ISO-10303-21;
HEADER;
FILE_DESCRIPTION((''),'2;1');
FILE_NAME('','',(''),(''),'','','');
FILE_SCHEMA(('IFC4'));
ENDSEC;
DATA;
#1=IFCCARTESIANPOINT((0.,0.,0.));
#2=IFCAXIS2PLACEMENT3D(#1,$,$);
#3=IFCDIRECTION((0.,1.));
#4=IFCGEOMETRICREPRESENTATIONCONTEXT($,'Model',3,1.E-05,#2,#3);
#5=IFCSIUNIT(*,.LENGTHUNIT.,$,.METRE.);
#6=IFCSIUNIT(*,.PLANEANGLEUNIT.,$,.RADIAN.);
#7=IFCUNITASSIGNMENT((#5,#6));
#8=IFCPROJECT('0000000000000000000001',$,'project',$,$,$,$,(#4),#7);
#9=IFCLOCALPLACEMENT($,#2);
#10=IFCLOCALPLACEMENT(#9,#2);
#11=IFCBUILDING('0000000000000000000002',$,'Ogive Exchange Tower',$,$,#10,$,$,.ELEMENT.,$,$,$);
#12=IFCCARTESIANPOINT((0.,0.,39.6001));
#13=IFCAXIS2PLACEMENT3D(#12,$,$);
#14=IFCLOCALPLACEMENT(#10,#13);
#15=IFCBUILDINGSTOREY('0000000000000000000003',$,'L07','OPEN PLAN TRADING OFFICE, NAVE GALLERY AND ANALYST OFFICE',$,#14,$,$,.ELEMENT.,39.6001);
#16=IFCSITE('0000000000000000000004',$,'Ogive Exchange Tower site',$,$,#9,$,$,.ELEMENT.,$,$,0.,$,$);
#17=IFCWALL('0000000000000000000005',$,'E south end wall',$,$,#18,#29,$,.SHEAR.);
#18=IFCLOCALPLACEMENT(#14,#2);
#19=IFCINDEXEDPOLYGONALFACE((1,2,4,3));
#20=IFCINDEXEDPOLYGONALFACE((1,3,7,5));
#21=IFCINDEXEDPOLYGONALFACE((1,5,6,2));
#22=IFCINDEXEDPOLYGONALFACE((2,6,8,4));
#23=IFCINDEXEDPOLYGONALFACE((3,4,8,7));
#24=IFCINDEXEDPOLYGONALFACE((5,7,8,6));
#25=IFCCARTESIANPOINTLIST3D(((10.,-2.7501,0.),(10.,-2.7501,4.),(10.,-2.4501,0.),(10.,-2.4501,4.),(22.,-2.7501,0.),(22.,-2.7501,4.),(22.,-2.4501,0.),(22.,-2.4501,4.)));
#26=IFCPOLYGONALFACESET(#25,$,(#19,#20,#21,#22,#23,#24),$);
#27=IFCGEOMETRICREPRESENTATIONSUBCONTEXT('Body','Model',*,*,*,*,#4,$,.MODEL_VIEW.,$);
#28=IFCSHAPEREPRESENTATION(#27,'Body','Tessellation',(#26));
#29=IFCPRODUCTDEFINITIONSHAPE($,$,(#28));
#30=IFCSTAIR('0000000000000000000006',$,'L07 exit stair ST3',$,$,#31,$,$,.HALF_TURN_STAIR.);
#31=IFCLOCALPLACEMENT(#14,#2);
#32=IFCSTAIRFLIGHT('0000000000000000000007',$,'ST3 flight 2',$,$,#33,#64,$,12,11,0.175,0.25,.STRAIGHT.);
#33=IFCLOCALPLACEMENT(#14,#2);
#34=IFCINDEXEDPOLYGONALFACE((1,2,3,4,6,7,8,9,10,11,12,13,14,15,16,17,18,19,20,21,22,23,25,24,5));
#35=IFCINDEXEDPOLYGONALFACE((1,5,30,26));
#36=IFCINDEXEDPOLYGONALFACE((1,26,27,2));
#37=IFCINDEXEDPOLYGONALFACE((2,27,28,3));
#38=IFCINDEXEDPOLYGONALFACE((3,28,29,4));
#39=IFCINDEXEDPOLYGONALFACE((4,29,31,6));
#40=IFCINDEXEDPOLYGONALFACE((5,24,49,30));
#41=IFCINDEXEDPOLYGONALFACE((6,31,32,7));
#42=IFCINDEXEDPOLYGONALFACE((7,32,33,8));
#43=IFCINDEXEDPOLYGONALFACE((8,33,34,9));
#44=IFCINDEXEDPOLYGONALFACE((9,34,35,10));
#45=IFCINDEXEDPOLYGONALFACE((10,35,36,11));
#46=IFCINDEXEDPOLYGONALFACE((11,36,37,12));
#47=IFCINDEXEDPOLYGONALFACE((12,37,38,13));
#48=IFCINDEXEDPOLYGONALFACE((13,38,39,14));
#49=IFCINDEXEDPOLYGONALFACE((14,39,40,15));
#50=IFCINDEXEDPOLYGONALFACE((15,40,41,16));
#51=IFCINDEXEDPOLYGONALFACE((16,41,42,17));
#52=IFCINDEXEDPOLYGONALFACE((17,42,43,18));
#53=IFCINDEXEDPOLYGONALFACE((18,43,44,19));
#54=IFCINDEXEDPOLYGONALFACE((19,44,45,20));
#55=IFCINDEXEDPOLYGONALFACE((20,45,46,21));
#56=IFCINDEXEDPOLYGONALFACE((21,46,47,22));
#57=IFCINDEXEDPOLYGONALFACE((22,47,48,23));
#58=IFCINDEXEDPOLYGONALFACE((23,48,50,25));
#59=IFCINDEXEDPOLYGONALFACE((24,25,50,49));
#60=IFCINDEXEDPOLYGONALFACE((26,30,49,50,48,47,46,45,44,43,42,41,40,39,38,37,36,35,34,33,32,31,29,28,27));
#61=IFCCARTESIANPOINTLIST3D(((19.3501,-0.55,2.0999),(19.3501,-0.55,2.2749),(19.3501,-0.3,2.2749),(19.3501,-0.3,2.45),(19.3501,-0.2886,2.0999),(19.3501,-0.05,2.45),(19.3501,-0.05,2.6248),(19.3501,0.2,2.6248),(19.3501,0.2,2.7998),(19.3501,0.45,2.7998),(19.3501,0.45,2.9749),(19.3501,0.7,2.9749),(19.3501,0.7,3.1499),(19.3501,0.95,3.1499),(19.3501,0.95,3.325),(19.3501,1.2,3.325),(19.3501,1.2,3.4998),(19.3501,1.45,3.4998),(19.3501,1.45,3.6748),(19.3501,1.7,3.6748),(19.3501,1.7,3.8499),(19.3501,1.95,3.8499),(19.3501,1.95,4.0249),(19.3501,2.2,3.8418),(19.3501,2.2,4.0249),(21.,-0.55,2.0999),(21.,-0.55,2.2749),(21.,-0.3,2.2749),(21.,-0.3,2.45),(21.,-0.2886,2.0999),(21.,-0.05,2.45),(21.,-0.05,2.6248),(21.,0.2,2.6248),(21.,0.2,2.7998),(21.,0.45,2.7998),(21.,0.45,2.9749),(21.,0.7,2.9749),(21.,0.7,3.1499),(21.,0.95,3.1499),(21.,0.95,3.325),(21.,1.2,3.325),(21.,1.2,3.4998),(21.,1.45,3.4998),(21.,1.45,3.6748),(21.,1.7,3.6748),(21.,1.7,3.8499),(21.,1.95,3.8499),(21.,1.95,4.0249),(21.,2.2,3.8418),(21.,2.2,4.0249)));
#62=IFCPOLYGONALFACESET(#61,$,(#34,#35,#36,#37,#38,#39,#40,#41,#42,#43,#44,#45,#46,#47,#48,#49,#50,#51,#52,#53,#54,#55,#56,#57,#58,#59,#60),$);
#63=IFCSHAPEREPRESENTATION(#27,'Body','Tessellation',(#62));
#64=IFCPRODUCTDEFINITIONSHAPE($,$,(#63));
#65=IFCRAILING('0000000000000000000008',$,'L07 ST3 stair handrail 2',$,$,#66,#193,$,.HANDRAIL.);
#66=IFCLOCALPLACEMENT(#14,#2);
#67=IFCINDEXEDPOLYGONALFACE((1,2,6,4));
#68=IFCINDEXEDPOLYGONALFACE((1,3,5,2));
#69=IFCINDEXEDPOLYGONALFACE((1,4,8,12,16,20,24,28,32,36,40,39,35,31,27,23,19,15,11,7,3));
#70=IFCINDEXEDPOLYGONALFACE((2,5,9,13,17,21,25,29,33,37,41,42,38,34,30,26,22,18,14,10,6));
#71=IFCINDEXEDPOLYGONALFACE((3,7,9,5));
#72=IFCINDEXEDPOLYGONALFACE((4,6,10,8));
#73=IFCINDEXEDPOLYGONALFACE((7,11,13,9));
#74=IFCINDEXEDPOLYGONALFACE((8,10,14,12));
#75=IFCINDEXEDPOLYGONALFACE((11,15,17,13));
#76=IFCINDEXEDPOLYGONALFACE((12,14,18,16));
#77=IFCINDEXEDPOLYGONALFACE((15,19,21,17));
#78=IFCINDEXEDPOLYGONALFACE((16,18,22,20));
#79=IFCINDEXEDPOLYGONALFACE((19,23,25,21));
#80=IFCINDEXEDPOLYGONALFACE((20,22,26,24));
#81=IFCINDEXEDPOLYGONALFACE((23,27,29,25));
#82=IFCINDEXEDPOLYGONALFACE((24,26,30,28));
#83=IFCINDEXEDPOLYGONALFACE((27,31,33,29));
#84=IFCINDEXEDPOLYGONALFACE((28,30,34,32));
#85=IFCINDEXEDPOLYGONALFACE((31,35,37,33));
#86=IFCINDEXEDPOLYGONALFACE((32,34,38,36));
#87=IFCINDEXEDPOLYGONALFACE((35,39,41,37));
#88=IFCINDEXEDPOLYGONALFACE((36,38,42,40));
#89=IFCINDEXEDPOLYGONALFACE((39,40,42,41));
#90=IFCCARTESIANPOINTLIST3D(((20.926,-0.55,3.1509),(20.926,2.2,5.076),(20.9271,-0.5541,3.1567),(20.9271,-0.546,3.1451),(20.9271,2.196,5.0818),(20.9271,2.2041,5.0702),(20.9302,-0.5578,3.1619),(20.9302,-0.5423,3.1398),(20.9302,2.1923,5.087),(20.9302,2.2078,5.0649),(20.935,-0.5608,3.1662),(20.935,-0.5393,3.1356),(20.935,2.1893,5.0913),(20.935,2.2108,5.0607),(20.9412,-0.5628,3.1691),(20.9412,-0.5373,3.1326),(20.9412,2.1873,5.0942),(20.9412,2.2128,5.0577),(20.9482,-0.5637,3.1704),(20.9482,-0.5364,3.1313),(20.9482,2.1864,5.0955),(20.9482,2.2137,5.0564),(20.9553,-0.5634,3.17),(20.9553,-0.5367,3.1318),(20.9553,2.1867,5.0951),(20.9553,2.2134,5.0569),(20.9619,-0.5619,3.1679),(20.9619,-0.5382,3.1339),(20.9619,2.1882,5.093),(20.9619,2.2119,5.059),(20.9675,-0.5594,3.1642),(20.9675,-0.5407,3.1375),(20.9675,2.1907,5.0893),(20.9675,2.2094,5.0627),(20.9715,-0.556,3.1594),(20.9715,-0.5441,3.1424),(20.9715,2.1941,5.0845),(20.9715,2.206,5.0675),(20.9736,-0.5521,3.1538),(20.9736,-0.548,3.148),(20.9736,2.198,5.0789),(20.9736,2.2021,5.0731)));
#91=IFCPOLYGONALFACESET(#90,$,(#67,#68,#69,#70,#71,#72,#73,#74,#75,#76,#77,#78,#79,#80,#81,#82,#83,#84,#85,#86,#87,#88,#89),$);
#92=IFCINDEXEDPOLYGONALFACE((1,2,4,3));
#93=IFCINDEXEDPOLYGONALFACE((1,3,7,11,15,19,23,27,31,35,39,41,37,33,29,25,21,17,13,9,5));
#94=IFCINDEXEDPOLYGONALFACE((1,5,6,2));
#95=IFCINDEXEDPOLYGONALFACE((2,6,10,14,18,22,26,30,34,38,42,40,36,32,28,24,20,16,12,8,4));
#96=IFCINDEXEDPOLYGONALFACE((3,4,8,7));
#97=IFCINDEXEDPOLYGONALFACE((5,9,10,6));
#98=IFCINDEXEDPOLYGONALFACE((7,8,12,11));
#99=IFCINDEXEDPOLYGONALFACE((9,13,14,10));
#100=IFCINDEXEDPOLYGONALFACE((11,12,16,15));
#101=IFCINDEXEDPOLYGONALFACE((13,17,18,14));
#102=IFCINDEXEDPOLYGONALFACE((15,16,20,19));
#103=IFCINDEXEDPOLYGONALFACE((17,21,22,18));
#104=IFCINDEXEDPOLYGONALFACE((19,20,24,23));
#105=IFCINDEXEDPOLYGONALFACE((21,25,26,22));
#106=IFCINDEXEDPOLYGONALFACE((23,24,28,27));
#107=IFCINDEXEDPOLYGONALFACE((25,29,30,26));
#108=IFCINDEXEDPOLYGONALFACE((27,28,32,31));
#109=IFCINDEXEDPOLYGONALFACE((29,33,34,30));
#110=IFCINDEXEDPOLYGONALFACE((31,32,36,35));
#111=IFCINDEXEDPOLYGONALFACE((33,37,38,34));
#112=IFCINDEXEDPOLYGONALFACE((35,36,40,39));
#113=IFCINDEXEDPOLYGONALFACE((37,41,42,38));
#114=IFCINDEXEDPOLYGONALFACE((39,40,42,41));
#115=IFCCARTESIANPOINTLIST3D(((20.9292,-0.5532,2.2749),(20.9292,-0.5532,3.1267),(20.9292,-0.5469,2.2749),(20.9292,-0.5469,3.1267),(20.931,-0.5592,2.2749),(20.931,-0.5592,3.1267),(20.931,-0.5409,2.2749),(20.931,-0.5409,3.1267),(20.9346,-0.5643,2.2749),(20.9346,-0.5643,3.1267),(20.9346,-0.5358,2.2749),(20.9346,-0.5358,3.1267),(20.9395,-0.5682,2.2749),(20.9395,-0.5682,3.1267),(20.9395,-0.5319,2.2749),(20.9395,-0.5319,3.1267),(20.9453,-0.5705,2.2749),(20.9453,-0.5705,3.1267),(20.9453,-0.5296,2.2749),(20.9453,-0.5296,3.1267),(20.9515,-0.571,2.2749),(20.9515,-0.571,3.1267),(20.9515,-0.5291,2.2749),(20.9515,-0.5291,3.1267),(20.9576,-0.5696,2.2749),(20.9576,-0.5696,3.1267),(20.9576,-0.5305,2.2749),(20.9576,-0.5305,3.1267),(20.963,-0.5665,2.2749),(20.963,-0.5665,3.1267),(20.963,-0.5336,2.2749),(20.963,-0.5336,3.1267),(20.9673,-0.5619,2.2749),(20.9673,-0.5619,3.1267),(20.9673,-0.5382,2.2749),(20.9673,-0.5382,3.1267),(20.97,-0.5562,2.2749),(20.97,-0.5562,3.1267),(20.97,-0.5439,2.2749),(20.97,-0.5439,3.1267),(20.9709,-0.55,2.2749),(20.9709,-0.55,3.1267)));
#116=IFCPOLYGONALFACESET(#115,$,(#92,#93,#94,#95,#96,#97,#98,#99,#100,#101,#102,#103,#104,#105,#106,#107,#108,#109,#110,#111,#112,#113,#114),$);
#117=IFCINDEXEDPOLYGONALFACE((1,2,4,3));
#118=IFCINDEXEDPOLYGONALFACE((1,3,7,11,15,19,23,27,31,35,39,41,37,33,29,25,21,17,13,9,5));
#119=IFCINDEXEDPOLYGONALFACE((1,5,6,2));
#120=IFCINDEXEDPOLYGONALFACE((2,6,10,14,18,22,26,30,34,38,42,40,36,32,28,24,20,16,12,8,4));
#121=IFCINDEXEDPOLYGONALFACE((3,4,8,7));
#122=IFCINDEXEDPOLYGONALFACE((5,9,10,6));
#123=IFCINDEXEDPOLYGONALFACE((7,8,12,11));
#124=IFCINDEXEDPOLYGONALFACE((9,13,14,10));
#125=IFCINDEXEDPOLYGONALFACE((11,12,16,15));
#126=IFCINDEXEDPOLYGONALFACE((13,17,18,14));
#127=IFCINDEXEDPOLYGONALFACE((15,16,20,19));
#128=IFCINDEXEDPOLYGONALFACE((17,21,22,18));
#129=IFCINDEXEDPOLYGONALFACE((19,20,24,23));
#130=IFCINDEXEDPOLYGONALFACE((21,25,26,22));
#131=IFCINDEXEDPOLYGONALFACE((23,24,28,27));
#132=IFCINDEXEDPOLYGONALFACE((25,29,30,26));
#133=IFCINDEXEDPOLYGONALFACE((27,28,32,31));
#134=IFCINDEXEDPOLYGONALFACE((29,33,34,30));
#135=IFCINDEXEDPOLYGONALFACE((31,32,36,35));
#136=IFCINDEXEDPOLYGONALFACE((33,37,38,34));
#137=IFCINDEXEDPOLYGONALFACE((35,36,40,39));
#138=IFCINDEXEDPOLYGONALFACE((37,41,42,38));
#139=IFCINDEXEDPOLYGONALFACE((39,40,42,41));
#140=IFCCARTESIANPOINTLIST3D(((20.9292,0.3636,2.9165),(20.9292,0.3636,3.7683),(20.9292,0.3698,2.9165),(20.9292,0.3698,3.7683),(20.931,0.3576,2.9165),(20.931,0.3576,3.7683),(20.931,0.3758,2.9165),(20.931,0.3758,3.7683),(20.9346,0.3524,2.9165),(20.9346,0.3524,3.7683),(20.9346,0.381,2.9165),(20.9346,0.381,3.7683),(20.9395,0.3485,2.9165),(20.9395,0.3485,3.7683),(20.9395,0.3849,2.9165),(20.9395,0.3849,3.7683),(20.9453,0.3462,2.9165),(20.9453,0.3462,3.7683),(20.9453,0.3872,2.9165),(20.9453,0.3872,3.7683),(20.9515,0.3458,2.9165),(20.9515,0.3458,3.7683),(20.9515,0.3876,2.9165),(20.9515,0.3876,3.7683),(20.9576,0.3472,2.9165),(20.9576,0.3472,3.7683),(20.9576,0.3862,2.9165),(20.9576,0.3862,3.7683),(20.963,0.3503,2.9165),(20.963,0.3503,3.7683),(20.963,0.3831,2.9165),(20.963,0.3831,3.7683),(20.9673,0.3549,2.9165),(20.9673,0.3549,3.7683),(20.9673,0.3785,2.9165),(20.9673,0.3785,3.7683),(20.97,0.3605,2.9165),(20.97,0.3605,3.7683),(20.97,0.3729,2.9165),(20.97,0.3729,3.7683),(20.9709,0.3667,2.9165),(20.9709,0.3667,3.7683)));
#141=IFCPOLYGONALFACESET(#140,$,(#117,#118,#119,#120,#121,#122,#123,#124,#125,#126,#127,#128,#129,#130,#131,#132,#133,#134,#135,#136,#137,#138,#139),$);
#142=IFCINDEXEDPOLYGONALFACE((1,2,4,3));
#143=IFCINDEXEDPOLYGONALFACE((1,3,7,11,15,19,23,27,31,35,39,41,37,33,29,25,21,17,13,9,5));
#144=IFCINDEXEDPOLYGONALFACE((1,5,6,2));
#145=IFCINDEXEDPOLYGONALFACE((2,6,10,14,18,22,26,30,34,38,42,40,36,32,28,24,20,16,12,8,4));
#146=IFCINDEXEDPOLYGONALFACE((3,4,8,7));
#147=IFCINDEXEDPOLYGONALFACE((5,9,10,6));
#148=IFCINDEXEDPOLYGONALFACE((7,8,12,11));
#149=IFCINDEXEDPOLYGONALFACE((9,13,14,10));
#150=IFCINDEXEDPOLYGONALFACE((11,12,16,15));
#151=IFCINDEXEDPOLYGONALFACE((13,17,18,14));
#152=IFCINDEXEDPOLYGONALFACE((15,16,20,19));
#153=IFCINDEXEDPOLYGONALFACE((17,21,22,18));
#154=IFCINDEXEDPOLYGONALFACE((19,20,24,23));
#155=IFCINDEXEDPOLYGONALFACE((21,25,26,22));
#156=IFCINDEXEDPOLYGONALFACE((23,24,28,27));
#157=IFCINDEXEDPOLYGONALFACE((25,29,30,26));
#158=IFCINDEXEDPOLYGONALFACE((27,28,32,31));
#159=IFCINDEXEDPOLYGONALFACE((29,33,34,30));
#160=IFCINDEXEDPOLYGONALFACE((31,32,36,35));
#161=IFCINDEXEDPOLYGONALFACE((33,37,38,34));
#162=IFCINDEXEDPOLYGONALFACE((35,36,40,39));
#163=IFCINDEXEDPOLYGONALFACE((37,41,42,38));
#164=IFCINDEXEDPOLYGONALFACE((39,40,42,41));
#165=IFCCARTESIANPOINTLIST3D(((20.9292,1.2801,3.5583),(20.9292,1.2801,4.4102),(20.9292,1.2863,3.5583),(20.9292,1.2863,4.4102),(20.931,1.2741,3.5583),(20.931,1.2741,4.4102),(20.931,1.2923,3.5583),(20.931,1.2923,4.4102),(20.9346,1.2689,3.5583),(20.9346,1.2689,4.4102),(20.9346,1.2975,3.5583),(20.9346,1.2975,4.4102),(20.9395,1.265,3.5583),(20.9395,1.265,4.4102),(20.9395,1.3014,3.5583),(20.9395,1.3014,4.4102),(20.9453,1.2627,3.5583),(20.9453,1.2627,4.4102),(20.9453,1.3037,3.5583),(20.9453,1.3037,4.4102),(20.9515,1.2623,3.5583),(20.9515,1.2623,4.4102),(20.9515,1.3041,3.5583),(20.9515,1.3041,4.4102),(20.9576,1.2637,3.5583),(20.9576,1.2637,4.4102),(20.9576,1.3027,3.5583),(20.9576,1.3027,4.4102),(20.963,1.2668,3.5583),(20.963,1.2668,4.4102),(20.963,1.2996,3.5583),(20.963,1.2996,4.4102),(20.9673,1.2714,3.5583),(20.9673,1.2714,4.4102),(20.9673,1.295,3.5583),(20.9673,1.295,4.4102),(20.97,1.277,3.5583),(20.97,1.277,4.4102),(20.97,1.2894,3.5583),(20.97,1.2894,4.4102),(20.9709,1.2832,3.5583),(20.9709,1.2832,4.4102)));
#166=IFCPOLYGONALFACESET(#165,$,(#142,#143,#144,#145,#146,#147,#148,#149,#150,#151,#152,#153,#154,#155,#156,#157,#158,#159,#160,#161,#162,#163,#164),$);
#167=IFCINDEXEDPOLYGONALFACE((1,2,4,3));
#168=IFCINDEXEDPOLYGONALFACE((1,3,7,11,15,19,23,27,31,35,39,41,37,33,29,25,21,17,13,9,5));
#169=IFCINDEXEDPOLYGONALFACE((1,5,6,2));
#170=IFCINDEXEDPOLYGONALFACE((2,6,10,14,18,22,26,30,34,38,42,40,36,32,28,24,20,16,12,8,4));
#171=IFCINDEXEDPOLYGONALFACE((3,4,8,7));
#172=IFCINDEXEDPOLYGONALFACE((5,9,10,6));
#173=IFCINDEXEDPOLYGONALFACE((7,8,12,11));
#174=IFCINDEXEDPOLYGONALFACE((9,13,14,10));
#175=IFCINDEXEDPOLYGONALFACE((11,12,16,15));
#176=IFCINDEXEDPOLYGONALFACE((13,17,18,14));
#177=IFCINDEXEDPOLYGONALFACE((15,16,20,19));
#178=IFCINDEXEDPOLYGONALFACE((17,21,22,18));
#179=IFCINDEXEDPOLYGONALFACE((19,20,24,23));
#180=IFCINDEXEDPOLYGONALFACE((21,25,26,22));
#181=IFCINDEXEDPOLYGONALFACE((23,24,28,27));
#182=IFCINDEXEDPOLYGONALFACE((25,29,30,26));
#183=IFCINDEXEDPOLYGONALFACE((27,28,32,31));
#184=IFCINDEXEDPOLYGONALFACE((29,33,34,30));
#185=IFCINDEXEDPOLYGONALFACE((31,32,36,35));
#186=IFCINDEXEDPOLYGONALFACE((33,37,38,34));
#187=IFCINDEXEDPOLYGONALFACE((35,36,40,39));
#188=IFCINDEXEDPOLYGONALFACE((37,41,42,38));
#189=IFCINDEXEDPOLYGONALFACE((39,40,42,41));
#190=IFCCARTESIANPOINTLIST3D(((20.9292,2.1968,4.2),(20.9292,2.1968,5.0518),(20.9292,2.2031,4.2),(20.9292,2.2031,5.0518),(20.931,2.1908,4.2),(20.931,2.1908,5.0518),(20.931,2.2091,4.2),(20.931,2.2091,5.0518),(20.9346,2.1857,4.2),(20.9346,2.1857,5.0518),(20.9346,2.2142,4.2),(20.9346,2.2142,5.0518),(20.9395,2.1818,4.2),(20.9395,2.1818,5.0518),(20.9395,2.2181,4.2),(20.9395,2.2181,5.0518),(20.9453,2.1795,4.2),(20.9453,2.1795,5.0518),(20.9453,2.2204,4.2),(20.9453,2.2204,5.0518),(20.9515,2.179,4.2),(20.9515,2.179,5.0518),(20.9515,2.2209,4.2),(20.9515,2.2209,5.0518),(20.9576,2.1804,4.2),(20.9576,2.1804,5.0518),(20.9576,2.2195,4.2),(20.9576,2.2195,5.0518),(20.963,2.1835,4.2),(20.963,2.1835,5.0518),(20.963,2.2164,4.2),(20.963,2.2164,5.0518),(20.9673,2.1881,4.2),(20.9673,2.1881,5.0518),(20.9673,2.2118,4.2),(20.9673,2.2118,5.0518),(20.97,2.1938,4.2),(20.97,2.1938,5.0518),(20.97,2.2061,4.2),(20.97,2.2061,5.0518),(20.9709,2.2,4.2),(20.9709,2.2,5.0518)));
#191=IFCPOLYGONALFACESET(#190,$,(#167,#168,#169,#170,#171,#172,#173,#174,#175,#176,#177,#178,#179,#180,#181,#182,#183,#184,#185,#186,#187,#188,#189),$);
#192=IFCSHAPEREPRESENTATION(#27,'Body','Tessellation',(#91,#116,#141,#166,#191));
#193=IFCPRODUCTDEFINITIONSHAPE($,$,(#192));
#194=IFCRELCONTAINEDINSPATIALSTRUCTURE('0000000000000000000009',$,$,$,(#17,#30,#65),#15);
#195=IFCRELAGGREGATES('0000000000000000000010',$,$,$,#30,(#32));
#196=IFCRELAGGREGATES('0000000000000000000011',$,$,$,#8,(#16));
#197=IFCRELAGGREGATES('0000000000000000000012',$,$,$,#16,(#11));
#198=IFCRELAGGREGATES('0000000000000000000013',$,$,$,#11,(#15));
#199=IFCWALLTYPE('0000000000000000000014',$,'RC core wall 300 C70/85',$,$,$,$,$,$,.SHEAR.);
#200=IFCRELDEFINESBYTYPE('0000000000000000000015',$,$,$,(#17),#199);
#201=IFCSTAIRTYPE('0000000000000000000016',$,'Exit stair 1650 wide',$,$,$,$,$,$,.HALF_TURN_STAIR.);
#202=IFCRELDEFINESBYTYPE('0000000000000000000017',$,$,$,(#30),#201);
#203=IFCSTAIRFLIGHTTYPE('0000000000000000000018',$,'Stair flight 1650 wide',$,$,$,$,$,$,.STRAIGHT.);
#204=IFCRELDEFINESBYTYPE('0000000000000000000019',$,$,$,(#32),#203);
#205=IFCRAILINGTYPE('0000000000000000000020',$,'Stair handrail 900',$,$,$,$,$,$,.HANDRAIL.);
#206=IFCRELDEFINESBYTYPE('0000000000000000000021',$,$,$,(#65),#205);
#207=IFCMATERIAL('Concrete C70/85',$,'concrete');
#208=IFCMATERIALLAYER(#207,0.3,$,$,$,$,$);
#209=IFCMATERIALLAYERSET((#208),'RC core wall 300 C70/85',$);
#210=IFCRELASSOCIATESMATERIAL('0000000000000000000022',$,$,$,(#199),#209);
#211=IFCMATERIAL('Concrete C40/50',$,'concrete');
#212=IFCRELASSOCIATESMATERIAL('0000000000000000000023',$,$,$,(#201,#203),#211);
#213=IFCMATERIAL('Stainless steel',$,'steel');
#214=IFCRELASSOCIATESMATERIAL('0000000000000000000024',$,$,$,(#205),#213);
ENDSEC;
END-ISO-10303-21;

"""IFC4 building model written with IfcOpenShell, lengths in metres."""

from ifc_helpers import new_model, si_unit, direction, frame, frame_2d, origin, origin_2d, place, context, subcontext, project, spatial, polyline, rectangle, circle, outline, extrude, material, layer, layer_set, type_object, element, aggregate, save


model = new_model("IFC4")

# Units and contexts
model_context = context("Model", 3, precision=1e-05, world=origin(), true_north=direction((0.0, 1.0)))
body_context = subcontext(model_context, "Body", "Model", "MODEL_VIEW")
ifc_project = project(units=[si_unit("LENGTHUNIT", "METRE"), si_unit("PLANEANGLEUNIT", "RADIAN")], contexts=[model_context])

# Site, building, storey
site_placement = place(None, origin())
site = spatial("IfcSite", under=ifc_project, at=site_placement, Name="Ogive Exchange Tower site", CompositionType="ELEMENT", RefElevation=0.0)
building_placement = place(site_placement, origin())
building = spatial("IfcBuilding", under=site, at=building_placement, Name="Ogive Exchange Tower", CompositionType="ELEMENT")
storey_placement = place(building_placement, frame((0.0, 0.0, 39.6001)))
storey = spatial("IfcBuildingStorey", under=building, at=storey_placement, Name="L07", Description="OPEN PLAN TRADING OFFICE, NAVE GALLERY AND ANALYST OFFICE", CompositionType="ELEMENT", Elevation=39.6001)

# Shared definitions
ifc_material_1 = material(Name="Concrete C70/85", Category="concrete")

# Shared definitions
ifc_material_2 = material(Name="Stainless steel", Category="steel")

# Wall
ifc_layer_1 = layer(ifc_material_1, 0.3)
ifc_layer_set_1 = layer_set([ifc_layer_1], Name="RC core wall 300 C70/85")
wall_type_1 = type_object("IfcWallType", Name="RC core wall 300 C70/85", PredefinedType="SHEAR", material=ifc_layer_set_1)
wall_1_placement = place(storey_placement, frame((10.0, -2.6001, 0.0), z_axis=(0.0, 0.0, 1.0), x_axis=(1.0, 0.0, 0.0)))
element("IfcWall", 1, at=wall_1_placement, inside=storey, type_object=wall_type_1, Name="E south end wall", PredefinedType="SHEAR", context=body_context, shape_type="SweptSolid", body=[
    extrude(rectangle(XDim=12.0, YDim=0.3, at=frame_2d((6.0, 0.0))), origin(), (0.0, 0.0, 1.0), 4.0),
])

# Stair, stair flight
ifc_material_3 = material(Name="Concrete C40/50", Category="concrete")
stair_type = type_object("IfcStairType", Name="Exit stair 1650 wide", PredefinedType="HALF_TURN_STAIR", material=ifc_material_3)
stair_placement = place(storey_placement, origin())
stair = element("IfcStair", 2, at=stair_placement, inside=storey, type_object=stair_type, Name="L07 exit stair ST3", PredefinedType="HALF_TURN_STAIR")
stair_flight_type = type_object("IfcStairFlightType", Name="Stair flight 1650 wide", PredefinedType="STRAIGHT", material=ifc_material_3)
stair_flight_placement = place(storey_placement, frame((20.175, -0.55, 2.0999), z_axis=(0.0, 0.0, 1.0), x_axis=(0.0, 1.0, 0.0)))
stair_flight = element("IfcStairFlight", 3, at=stair_flight_placement, type_object=stair_flight_type, Name="ST3 flight 2", NumberOfRisers=12, NumberOfTreads=11, PredefinedType="STRAIGHT", RiserHeight=0.175, TreadLength=0.25, context=body_context, shape_type="SweptSolid", body=[
    extrude(outline(polyline([(0.0, 0.0), (0.0, 0.175), (0.25, 0.175), (0.25, 0.3501), (0.5, 0.3501), (0.5, 0.5249), (0.75, 0.5249), (0.75, 0.7), (1.0, 0.7), (1.0, 0.875), (1.25, 0.875), (1.25, 1.05), (1.5, 1.05), (1.5, 1.2251), (1.75, 1.2251), (1.75, 1.3999), (2.0, 1.3999), (2.0, 1.575), (2.25, 1.575), (2.25, 1.75), (2.5, 1.75), (2.5, 1.925), (2.75, 1.925), (2.75, 2.1001), (2.75, 1.7419), (0.2615, 0.0), (0.0, 0.0)])), frame((0.0, 0.825, 0.0), z_axis=(0.0, -1.0, 0.0), x_axis=(1.0, 0.0, 0.0)), (0.0, 0.0, 1.0), 1.6499),
])
aggregate(stair, [stair_flight])

# Railing
railing_type = type_object("IfcRailingType", Name="Stair handrail 900", PredefinedType="HANDRAIL", material=ifc_material_2)
railing_placement = place(storey_placement, frame((20.95, -0.55, 2.2749)))
element("IfcRailing", 4, at=railing_placement, inside=storey, type_object=railing_type, Name="L07 ST3 stair handrail 2", PredefinedType="HANDRAIL", context=body_context, shape_type="SweptSolid", body=[
    extrude(circle(Radius=0.0239, at=origin_2d()), frame((0.0, 0.0, 0.876), z_axis=(0.0, 0.819225, 0.573472), x_axis=(-1.0, 0.0, 0.0)), (0.0, 0.0, 1.0), 3.3569),
    extrude(circle(Radius=0.021, at=origin_2d()), origin(), (0.0, 0.0, 1.0), 0.8518),
    extrude(circle(Radius=0.021, at=origin_2d()), frame((0.0, 0.9167, 0.6416)), (0.0, 0.0, 1.0), 0.8518),
    extrude(circle(Radius=0.021, at=origin_2d()), frame((0.0, 1.8333, 1.2834)), (0.0, 0.0, 1.0), 0.8518),
    extrude(circle(Radius=0.021, at=origin_2d()), frame((0.0, 2.75, 1.925)), (0.0, 0.0, 1.0), 0.8518),
])

save(model, "model.ifc")
